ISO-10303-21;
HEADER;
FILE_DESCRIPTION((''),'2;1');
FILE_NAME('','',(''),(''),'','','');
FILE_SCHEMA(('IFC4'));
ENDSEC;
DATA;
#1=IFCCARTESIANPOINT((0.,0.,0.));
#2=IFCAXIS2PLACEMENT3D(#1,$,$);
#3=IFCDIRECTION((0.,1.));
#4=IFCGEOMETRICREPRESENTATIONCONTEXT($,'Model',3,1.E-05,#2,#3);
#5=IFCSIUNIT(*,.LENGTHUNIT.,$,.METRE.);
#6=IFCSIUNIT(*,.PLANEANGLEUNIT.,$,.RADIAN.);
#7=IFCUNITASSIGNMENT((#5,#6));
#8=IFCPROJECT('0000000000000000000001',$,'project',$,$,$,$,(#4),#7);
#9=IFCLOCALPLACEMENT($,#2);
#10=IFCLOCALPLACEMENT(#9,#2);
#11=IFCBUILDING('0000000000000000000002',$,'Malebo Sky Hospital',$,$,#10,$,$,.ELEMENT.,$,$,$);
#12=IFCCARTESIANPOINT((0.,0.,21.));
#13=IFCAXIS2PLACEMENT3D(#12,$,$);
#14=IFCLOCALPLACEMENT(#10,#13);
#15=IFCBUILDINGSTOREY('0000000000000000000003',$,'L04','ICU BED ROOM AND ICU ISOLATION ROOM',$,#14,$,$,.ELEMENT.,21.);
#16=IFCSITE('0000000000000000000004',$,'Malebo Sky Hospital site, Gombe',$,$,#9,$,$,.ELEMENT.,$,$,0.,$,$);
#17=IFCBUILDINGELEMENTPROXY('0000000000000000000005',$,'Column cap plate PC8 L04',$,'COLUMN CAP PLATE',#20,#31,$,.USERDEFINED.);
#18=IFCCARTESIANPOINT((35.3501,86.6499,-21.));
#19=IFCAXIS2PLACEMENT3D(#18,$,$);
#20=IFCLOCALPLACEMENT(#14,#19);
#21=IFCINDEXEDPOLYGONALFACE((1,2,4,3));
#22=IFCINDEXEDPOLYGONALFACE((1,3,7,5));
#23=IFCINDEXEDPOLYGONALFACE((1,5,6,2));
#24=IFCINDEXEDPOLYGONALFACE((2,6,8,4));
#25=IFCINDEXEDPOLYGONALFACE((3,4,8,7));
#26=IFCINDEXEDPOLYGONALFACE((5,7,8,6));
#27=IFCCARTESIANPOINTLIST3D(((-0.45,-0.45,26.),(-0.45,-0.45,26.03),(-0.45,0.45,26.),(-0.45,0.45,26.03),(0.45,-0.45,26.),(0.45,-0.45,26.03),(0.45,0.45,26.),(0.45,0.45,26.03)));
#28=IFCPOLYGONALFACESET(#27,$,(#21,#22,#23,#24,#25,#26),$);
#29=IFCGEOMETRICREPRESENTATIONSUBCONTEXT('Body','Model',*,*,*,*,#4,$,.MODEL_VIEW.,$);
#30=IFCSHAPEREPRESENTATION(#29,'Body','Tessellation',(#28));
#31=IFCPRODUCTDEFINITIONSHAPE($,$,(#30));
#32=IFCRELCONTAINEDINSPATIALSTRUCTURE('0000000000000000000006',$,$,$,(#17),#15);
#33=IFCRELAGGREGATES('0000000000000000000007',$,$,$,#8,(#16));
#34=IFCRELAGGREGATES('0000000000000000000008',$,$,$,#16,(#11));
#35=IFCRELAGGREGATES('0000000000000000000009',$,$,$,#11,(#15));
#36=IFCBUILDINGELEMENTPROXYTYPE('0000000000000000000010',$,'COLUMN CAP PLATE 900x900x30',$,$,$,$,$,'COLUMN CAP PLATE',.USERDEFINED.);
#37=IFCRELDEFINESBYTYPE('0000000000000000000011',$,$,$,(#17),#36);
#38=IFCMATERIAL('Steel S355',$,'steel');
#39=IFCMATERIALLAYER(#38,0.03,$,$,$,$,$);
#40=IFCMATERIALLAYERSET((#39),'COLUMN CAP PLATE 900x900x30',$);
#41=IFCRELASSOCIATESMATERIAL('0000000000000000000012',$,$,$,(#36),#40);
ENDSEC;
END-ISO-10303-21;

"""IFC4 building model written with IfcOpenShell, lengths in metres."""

from ifc_helpers import new_model, si_unit, direction, frame, origin, origin_2d, place, context, subcontext, project, spatial, rectangle, extrude, material, layer, layer_set, type_object, element, save


model = new_model("IFC4")

# Units and contexts
model_context = context("Model", 3, precision=1e-05, world=origin(), true_north=direction((0.0, 1.0)))
body_context = subcontext(model_context, "Body", "Model", "MODEL_VIEW")
ifc_project = project(units=[si_unit("LENGTHUNIT", "METRE"), si_unit("PLANEANGLEUNIT", "RADIAN")], contexts=[model_context])

# Site, building, storey
site_placement = place(None, origin())
site = spatial("IfcSite", under=ifc_project, at=site_placement, Name="Malebo Sky Hospital site, Gombe", CompositionType="ELEMENT", RefElevation=0.0)
building_placement = place(site_placement, origin())
building = spatial("IfcBuilding", under=site, at=building_placement, Name="Malebo Sky Hospital", CompositionType="ELEMENT")
storey_placement = place(building_placement, frame((0.0, 0.0, 21.0)))
storey = spatial("IfcBuildingStorey", under=building, at=storey_placement, Name="L04", Description="ICU BED ROOM AND ICU ISOLATION ROOM", CompositionType="ELEMENT", Elevation=21.0)

# Shared definitions
ifc_material_1 = material(Name="Steel S355", Category="steel")

# Building element proxy
ifc_layer_1 = layer(ifc_material_1, 0.03)
ifc_layer_set_1 = layer_set([ifc_layer_1], Name="COLUMN CAP PLATE 900x900x30")
building_element_proxy_type = type_object("IfcBuildingElementProxyType", Name="COLUMN CAP PLATE 900x900x30", ElementType="COLUMN CAP PLATE", PredefinedType="USERDEFINED", material=ifc_layer_set_1)
proxy_placement = place(storey_placement, frame((35.3501, 86.6499, -21.0)))
element("IfcBuildingElementProxy", 1, at=proxy_placement, inside=storey, type_object=building_element_proxy_type, Name="Column cap plate PC8 L04", ObjectType="COLUMN CAP PLATE", PredefinedType="USERDEFINED", context=body_context, shape_type="SweptSolid", body=[
    extrude(rectangle(XDim=0.8999, YDim=0.8999, at=origin_2d()), frame((0.0, 0.0, 26.0)), (0.0, 0.0, 1.0), 0.03),
])

save(model, "model.ifc")
